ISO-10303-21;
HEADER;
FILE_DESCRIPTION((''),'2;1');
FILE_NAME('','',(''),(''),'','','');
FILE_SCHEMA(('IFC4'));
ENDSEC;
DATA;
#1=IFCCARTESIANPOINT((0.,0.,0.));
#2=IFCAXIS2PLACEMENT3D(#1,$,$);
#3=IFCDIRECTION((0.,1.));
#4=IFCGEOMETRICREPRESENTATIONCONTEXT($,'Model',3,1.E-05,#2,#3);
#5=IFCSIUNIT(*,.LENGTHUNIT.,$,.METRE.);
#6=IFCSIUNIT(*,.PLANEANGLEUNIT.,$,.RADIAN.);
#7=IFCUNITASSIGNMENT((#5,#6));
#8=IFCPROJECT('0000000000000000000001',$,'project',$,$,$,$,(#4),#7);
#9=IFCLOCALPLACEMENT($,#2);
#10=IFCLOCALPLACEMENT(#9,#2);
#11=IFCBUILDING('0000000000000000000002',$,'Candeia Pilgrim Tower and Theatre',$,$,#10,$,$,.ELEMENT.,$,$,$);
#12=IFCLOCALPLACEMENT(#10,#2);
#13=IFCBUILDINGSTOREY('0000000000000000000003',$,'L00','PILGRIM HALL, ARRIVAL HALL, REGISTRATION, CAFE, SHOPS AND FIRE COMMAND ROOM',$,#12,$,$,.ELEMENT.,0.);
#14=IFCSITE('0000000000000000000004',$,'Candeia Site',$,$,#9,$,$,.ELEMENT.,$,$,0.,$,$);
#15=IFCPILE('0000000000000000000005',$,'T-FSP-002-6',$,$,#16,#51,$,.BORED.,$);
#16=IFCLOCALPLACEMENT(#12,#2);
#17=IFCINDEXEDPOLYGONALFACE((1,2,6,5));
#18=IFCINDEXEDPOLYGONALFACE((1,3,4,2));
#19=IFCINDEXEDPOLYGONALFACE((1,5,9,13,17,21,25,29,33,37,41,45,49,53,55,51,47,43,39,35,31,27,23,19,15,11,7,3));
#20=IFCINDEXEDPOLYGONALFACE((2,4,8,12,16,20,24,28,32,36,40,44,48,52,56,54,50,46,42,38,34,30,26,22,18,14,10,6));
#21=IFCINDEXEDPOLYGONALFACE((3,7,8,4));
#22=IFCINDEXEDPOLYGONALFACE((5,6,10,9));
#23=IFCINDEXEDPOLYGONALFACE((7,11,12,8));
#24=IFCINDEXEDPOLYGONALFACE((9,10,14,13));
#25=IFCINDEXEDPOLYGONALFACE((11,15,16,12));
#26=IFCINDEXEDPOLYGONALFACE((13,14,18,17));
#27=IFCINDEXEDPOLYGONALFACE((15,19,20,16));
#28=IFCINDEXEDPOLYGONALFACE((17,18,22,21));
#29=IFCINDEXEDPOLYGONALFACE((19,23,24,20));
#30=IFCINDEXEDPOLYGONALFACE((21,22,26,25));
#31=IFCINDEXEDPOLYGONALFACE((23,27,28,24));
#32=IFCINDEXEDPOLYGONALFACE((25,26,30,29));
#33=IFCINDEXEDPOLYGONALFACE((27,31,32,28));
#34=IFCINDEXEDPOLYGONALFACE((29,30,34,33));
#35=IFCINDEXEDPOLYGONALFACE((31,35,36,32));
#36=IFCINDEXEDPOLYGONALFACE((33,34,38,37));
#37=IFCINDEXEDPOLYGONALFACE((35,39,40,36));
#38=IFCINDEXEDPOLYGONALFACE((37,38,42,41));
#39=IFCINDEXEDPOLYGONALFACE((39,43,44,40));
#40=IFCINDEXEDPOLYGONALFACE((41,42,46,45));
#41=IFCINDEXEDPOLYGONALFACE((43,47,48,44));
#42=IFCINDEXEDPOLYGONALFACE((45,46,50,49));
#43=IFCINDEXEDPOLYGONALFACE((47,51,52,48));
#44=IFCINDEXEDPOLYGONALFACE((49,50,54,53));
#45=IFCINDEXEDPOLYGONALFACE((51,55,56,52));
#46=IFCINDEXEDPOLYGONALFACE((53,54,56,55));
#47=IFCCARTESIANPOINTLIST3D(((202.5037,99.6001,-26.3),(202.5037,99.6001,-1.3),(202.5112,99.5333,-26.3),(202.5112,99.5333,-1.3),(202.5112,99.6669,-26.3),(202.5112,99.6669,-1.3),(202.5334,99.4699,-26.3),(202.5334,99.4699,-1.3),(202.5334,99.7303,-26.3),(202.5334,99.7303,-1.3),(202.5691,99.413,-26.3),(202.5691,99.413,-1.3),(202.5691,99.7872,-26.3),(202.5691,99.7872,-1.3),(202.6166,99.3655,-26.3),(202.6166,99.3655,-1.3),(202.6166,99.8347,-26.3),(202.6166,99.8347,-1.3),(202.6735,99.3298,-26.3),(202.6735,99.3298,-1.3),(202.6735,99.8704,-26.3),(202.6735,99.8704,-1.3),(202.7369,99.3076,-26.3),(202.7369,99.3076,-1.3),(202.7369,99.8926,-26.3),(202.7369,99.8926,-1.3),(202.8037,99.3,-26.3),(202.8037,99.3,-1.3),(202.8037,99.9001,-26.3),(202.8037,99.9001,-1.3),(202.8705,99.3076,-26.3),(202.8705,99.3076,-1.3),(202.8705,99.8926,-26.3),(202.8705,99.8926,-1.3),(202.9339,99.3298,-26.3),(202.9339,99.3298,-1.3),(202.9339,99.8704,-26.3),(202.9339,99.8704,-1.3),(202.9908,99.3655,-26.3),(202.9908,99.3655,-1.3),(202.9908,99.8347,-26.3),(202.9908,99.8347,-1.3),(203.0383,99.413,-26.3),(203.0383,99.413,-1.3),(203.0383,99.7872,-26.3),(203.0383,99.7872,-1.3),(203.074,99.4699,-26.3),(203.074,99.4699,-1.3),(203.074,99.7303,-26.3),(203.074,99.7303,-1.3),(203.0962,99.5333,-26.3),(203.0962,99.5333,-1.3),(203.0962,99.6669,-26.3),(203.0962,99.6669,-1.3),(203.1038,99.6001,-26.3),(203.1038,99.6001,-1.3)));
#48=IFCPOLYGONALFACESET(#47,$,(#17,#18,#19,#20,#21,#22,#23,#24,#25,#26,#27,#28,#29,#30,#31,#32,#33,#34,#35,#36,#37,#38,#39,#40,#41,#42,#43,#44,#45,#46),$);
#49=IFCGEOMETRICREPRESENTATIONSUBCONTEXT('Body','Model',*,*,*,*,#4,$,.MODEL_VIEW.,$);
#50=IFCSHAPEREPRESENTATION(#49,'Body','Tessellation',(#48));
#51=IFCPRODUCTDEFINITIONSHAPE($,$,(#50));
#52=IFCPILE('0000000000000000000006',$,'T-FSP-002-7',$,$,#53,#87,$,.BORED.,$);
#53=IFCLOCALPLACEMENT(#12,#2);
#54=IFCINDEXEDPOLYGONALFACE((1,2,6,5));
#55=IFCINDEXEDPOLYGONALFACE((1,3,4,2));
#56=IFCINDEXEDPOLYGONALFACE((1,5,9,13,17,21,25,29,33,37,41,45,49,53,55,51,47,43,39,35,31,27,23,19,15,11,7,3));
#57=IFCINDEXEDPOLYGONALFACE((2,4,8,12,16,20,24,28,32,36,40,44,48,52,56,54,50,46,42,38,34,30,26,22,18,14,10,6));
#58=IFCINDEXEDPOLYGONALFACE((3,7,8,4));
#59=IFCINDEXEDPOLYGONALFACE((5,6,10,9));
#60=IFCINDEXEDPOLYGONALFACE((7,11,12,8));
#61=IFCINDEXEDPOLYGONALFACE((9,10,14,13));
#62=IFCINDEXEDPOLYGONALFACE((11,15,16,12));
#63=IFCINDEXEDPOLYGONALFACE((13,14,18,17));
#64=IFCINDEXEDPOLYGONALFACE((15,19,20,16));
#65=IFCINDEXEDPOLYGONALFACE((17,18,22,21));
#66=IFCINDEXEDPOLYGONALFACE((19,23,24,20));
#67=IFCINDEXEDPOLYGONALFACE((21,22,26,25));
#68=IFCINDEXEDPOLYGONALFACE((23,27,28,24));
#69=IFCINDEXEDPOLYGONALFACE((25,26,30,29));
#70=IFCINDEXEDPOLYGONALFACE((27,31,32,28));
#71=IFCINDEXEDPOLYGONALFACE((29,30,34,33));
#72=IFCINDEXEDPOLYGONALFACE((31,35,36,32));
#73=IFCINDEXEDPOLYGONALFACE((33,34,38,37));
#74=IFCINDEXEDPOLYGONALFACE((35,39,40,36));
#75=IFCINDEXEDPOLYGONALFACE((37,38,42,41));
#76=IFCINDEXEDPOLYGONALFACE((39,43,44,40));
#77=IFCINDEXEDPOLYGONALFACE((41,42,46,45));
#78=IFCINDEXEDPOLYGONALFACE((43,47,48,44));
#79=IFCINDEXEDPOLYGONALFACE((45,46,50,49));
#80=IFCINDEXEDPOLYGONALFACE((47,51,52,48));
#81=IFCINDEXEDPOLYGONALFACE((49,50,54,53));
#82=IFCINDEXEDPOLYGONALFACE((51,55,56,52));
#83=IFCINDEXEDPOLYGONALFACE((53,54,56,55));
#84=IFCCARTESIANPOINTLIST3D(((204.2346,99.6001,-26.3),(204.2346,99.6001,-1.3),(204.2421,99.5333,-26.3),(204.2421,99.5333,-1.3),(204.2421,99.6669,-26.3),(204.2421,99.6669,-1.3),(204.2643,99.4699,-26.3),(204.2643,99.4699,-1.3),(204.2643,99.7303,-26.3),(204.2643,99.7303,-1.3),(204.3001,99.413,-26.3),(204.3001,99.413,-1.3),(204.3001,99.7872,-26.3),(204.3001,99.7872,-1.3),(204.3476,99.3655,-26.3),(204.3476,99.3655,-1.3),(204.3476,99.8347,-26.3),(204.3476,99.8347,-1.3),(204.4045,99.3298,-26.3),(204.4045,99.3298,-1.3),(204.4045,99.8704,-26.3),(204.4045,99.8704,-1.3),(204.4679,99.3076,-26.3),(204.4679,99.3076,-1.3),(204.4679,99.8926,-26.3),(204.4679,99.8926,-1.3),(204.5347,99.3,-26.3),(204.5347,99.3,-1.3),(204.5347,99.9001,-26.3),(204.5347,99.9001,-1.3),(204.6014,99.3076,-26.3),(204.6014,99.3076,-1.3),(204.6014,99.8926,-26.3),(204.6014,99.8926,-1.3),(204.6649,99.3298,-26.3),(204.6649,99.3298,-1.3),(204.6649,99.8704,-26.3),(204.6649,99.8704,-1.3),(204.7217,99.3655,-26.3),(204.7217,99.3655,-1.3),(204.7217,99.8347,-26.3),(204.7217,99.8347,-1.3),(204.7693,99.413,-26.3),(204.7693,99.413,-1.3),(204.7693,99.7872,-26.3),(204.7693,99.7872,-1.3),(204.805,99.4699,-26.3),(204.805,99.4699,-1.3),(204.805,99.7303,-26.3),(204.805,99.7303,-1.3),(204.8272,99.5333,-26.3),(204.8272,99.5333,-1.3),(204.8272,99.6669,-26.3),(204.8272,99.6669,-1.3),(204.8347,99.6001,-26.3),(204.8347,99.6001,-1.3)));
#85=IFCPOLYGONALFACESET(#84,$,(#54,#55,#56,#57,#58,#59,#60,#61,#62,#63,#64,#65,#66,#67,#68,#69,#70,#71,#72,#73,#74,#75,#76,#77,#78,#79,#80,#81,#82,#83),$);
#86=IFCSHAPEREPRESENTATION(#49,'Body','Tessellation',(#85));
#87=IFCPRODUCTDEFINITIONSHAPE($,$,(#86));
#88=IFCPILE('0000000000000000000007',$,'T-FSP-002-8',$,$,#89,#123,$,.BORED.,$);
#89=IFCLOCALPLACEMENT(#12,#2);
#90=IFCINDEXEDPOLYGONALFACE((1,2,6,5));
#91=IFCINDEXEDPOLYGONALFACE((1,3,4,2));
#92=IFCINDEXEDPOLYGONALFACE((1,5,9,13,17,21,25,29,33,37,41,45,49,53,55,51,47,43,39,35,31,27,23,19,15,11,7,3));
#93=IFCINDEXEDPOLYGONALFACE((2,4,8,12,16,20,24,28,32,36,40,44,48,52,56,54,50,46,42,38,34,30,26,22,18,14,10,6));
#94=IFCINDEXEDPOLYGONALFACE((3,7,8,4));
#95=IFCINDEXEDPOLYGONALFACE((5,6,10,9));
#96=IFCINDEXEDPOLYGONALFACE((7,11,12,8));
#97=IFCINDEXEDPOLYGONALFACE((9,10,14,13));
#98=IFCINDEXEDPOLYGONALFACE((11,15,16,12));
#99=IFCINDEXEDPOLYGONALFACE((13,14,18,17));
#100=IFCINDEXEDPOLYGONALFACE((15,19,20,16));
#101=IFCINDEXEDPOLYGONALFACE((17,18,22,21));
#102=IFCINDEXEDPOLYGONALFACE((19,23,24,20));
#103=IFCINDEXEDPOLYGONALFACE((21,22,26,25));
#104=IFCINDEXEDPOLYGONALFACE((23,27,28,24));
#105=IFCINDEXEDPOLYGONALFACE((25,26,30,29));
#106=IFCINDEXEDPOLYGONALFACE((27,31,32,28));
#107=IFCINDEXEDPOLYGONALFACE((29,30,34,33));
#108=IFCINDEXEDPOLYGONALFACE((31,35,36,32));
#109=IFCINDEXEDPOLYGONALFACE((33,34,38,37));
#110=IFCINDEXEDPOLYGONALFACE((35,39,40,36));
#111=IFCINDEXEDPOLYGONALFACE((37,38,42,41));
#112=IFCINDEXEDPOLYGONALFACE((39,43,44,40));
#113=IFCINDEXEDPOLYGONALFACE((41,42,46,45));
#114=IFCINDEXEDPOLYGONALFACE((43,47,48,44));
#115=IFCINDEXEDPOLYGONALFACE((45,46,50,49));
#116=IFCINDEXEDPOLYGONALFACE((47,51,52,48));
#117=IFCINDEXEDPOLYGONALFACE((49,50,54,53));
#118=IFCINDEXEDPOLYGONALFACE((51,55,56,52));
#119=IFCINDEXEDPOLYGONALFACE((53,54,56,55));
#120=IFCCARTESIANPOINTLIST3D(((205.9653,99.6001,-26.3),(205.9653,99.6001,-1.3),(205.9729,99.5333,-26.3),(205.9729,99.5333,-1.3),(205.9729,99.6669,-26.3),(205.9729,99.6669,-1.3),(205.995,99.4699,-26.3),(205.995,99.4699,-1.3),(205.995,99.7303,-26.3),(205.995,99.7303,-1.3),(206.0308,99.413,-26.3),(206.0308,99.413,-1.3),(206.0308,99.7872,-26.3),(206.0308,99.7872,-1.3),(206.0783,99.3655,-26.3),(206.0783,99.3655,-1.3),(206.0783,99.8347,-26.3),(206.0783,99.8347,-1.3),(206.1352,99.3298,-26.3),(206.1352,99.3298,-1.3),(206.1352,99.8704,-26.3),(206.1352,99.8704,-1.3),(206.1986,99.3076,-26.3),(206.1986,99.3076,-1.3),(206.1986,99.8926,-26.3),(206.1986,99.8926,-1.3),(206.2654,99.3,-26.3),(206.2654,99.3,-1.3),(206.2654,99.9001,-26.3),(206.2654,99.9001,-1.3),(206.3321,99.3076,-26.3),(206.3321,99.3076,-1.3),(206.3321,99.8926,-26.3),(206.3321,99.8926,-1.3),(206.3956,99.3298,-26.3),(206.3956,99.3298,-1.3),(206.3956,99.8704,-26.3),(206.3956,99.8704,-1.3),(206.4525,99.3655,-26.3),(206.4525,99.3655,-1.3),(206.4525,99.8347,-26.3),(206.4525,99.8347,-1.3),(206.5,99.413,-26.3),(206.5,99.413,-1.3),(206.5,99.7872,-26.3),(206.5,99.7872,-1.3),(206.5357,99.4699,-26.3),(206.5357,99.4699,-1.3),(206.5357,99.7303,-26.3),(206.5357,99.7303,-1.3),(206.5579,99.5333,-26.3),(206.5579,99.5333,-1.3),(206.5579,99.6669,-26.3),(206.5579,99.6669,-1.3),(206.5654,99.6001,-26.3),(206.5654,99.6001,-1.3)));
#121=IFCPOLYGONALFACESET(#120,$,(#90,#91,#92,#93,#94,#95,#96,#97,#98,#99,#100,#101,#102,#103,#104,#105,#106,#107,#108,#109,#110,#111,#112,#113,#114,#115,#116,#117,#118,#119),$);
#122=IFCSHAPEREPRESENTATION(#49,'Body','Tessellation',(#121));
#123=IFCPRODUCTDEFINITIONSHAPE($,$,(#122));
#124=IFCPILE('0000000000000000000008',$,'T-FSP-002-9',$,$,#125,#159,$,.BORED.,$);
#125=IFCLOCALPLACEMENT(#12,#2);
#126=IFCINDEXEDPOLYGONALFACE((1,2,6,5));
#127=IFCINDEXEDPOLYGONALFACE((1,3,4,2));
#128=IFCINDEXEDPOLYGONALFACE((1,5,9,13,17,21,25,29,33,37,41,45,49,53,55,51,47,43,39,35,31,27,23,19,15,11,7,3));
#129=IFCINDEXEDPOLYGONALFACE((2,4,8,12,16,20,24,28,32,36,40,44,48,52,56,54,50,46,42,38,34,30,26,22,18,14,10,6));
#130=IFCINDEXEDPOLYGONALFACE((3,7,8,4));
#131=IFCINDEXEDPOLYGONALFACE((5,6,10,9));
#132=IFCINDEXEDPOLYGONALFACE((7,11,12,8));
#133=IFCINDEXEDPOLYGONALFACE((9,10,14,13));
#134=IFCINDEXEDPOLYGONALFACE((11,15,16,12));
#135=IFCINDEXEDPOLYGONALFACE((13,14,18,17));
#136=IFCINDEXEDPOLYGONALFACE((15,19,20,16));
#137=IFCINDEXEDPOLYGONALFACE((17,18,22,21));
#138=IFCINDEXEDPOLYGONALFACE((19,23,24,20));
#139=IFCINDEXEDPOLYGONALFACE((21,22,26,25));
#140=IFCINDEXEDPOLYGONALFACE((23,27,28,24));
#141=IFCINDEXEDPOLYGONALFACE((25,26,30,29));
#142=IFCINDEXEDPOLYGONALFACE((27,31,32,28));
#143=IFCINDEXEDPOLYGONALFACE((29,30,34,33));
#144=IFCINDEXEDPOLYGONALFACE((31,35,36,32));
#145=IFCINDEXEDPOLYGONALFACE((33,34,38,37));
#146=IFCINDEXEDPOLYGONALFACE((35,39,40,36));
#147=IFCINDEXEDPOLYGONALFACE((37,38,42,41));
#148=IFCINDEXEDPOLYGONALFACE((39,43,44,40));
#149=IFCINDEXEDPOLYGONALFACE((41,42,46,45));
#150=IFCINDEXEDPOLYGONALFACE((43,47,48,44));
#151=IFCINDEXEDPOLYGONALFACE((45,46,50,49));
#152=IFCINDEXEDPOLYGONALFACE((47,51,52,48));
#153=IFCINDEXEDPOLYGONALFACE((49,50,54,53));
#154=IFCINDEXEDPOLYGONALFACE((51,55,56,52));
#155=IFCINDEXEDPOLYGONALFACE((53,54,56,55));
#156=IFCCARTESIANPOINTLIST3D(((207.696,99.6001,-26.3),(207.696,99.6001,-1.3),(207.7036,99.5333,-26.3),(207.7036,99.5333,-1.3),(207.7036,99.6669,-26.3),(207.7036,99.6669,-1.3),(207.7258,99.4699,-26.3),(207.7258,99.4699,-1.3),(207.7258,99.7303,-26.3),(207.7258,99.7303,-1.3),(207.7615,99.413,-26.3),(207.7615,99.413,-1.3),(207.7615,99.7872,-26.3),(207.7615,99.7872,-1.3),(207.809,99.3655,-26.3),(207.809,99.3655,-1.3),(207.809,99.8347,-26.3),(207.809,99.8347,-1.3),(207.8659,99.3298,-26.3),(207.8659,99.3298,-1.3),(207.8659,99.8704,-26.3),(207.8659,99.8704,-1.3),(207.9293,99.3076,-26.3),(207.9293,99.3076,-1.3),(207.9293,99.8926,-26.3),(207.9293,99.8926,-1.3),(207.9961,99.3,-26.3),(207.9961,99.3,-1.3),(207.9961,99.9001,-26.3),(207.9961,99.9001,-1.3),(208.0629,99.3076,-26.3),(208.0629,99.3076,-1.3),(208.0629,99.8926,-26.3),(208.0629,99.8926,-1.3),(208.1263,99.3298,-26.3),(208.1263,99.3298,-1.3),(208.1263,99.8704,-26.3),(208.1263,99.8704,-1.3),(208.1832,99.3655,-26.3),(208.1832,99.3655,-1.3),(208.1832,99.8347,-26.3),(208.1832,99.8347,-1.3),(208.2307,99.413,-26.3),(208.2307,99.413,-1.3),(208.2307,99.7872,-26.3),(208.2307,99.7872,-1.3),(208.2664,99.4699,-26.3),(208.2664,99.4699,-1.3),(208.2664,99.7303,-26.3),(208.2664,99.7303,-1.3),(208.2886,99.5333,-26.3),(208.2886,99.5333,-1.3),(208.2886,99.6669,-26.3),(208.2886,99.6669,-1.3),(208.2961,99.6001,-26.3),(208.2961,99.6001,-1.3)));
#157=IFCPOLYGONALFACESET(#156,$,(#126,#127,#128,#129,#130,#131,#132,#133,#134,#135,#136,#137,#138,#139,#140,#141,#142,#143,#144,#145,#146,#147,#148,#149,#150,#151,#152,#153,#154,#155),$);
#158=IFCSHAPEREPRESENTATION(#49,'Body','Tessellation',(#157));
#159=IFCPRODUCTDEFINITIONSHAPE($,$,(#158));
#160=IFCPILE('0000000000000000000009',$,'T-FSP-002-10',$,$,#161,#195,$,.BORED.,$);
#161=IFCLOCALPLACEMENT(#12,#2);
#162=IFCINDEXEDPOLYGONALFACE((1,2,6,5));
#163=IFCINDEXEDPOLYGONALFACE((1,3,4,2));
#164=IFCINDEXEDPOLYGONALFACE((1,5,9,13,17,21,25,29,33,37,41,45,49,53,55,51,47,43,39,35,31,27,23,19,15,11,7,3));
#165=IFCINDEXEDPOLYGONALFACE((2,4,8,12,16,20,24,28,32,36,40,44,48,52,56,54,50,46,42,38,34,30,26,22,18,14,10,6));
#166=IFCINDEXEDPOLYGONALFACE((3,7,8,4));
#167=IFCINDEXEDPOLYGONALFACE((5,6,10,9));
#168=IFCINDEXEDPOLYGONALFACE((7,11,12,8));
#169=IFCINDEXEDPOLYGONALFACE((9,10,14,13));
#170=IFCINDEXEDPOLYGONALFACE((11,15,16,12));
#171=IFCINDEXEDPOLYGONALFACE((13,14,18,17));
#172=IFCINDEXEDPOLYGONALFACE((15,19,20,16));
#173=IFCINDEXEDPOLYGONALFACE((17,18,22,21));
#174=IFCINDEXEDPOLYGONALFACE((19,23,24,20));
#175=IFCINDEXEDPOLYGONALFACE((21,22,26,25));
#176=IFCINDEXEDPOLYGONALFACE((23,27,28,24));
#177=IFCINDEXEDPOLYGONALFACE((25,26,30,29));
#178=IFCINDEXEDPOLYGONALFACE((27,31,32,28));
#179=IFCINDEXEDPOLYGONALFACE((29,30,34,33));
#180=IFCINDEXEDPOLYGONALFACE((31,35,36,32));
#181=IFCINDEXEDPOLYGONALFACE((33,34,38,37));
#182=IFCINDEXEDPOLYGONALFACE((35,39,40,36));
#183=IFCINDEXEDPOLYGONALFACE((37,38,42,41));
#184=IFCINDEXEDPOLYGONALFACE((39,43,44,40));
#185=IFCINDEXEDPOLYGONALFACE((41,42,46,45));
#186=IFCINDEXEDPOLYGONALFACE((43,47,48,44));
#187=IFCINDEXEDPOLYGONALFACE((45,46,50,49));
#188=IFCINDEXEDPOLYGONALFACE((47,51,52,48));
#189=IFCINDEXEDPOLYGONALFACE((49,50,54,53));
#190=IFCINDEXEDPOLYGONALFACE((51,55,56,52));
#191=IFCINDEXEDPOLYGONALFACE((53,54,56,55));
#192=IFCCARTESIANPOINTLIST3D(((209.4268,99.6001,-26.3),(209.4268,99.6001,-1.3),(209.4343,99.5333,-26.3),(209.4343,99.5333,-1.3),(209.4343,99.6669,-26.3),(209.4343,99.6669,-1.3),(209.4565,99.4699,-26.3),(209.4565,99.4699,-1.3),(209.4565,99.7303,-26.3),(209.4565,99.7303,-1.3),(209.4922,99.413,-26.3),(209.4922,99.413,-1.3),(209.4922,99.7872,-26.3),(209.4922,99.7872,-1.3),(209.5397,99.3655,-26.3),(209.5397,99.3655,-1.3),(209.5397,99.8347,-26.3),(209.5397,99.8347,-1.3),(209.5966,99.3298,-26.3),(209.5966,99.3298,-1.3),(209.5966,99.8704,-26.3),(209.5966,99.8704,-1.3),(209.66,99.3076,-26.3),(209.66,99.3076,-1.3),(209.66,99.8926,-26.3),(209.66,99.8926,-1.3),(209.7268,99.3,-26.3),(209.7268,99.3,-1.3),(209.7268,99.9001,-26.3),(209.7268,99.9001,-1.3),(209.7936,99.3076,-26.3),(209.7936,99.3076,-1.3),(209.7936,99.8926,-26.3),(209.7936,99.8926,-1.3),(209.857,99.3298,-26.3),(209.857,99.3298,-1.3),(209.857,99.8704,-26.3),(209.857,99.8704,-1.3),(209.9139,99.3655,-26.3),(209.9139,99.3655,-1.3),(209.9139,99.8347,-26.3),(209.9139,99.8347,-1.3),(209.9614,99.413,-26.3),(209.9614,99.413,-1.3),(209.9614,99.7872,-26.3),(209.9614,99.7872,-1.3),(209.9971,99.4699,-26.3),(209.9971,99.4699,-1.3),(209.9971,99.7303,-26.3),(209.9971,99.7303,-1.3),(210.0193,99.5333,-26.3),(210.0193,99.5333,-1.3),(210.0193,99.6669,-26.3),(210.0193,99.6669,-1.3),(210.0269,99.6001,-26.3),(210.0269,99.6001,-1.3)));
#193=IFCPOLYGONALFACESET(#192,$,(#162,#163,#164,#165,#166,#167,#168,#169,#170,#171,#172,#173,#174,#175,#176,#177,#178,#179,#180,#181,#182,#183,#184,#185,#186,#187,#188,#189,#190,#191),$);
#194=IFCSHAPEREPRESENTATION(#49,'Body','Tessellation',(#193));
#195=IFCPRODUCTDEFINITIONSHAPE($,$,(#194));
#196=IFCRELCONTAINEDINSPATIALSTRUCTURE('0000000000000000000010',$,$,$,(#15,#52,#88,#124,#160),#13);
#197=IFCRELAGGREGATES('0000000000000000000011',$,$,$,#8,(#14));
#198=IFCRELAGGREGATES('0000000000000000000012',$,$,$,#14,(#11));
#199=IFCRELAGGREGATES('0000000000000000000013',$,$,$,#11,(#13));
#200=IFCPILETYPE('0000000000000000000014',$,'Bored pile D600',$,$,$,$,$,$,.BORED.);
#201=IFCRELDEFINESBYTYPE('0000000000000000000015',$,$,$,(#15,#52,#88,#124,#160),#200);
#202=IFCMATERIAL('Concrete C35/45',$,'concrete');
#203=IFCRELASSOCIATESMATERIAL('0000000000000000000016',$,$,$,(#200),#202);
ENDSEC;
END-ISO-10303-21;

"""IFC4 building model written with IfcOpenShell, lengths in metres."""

from ifc_helpers import new_model, si_unit, direction, frame, origin, origin_2d, place, context, subcontext, project, spatial, circle, extrude, material, type_object, element, save


model = new_model("IFC4")

# Units and contexts
model_context = context("Model", 3, precision=1e-05, world=origin(), true_north=direction((0.0, 1.0)))
body_context = subcontext(model_context, "Body", "Model", "MODEL_VIEW")
ifc_project = project(units=[si_unit("LENGTHUNIT", "METRE"), si_unit("PLANEANGLEUNIT", "RADIAN")], contexts=[model_context])

# Site, building, storey
site_placement = place(None, origin())
site = spatial("IfcSite", under=ifc_project, at=site_placement, Name="Candeia Site", CompositionType="ELEMENT", RefElevation=0.0)
building_placement = place(site_placement, origin())
building = spatial("IfcBuilding", under=site, at=building_placement, Name="Candeia Pilgrim Tower and Theatre", CompositionType="ELEMENT")
storey_placement = place(building_placement, origin())
storey = spatial("IfcBuildingStorey", under=building, at=storey_placement, Name="L00", Description="PILGRIM HALL, ARRIVAL HALL, REGISTRATION, CAFE, SHOPS AND FIRE COMMAND ROOM", CompositionType="ELEMENT", Elevation=0.0)

# Piles
ifc_material_1 = material(Name="Concrete C35/45", Category="concrete")
pile_type = type_object("IfcPileType", Name="Bored pile D600", PredefinedType="BORED", material=ifc_material_1)
for number, where, z_axis, x_axis, name in (
    (1, (202.8037, 99.6001, -1.3), (0.0, 0.0, -1.0), (1.0, 0.0, 0.0), "T-FSP-002-6"),
    (2, (204.5347, 99.6001, -1.3), (0.0, 0.0, -1.0), (1.0, 0.0, 0.0), "T-FSP-002-7"),
    (3, (206.2654, 99.6001, -1.3), (0.0, 0.0, -1.0), (1.0, 0.0, 0.0), "T-FSP-002-8"),
    (4, (207.9961, 99.6001, -1.3), (0.0, 0.0, -1.0), (1.0, 0.0, 0.0), "T-FSP-002-9"),
    (5, (209.7268, 99.6001, -1.3), (0.0, 0.0, -1.0), (1.0, 0.0, 0.0), "T-FSP-002-10"),
):
    element("IfcPile", number, at=place(storey_placement, frame(where, z_axis=z_axis, x_axis=x_axis)), inside=storey, type_object=pile_type, Name=name, PredefinedType="BORED", context=body_context, shape_type="SweptSolid", body=[
        extrude(circle(Radius=0.3, at=origin_2d()), origin(), (0.0, 0.0, 1.0), 25.0),
    ])

save(model, "model.ifc")
